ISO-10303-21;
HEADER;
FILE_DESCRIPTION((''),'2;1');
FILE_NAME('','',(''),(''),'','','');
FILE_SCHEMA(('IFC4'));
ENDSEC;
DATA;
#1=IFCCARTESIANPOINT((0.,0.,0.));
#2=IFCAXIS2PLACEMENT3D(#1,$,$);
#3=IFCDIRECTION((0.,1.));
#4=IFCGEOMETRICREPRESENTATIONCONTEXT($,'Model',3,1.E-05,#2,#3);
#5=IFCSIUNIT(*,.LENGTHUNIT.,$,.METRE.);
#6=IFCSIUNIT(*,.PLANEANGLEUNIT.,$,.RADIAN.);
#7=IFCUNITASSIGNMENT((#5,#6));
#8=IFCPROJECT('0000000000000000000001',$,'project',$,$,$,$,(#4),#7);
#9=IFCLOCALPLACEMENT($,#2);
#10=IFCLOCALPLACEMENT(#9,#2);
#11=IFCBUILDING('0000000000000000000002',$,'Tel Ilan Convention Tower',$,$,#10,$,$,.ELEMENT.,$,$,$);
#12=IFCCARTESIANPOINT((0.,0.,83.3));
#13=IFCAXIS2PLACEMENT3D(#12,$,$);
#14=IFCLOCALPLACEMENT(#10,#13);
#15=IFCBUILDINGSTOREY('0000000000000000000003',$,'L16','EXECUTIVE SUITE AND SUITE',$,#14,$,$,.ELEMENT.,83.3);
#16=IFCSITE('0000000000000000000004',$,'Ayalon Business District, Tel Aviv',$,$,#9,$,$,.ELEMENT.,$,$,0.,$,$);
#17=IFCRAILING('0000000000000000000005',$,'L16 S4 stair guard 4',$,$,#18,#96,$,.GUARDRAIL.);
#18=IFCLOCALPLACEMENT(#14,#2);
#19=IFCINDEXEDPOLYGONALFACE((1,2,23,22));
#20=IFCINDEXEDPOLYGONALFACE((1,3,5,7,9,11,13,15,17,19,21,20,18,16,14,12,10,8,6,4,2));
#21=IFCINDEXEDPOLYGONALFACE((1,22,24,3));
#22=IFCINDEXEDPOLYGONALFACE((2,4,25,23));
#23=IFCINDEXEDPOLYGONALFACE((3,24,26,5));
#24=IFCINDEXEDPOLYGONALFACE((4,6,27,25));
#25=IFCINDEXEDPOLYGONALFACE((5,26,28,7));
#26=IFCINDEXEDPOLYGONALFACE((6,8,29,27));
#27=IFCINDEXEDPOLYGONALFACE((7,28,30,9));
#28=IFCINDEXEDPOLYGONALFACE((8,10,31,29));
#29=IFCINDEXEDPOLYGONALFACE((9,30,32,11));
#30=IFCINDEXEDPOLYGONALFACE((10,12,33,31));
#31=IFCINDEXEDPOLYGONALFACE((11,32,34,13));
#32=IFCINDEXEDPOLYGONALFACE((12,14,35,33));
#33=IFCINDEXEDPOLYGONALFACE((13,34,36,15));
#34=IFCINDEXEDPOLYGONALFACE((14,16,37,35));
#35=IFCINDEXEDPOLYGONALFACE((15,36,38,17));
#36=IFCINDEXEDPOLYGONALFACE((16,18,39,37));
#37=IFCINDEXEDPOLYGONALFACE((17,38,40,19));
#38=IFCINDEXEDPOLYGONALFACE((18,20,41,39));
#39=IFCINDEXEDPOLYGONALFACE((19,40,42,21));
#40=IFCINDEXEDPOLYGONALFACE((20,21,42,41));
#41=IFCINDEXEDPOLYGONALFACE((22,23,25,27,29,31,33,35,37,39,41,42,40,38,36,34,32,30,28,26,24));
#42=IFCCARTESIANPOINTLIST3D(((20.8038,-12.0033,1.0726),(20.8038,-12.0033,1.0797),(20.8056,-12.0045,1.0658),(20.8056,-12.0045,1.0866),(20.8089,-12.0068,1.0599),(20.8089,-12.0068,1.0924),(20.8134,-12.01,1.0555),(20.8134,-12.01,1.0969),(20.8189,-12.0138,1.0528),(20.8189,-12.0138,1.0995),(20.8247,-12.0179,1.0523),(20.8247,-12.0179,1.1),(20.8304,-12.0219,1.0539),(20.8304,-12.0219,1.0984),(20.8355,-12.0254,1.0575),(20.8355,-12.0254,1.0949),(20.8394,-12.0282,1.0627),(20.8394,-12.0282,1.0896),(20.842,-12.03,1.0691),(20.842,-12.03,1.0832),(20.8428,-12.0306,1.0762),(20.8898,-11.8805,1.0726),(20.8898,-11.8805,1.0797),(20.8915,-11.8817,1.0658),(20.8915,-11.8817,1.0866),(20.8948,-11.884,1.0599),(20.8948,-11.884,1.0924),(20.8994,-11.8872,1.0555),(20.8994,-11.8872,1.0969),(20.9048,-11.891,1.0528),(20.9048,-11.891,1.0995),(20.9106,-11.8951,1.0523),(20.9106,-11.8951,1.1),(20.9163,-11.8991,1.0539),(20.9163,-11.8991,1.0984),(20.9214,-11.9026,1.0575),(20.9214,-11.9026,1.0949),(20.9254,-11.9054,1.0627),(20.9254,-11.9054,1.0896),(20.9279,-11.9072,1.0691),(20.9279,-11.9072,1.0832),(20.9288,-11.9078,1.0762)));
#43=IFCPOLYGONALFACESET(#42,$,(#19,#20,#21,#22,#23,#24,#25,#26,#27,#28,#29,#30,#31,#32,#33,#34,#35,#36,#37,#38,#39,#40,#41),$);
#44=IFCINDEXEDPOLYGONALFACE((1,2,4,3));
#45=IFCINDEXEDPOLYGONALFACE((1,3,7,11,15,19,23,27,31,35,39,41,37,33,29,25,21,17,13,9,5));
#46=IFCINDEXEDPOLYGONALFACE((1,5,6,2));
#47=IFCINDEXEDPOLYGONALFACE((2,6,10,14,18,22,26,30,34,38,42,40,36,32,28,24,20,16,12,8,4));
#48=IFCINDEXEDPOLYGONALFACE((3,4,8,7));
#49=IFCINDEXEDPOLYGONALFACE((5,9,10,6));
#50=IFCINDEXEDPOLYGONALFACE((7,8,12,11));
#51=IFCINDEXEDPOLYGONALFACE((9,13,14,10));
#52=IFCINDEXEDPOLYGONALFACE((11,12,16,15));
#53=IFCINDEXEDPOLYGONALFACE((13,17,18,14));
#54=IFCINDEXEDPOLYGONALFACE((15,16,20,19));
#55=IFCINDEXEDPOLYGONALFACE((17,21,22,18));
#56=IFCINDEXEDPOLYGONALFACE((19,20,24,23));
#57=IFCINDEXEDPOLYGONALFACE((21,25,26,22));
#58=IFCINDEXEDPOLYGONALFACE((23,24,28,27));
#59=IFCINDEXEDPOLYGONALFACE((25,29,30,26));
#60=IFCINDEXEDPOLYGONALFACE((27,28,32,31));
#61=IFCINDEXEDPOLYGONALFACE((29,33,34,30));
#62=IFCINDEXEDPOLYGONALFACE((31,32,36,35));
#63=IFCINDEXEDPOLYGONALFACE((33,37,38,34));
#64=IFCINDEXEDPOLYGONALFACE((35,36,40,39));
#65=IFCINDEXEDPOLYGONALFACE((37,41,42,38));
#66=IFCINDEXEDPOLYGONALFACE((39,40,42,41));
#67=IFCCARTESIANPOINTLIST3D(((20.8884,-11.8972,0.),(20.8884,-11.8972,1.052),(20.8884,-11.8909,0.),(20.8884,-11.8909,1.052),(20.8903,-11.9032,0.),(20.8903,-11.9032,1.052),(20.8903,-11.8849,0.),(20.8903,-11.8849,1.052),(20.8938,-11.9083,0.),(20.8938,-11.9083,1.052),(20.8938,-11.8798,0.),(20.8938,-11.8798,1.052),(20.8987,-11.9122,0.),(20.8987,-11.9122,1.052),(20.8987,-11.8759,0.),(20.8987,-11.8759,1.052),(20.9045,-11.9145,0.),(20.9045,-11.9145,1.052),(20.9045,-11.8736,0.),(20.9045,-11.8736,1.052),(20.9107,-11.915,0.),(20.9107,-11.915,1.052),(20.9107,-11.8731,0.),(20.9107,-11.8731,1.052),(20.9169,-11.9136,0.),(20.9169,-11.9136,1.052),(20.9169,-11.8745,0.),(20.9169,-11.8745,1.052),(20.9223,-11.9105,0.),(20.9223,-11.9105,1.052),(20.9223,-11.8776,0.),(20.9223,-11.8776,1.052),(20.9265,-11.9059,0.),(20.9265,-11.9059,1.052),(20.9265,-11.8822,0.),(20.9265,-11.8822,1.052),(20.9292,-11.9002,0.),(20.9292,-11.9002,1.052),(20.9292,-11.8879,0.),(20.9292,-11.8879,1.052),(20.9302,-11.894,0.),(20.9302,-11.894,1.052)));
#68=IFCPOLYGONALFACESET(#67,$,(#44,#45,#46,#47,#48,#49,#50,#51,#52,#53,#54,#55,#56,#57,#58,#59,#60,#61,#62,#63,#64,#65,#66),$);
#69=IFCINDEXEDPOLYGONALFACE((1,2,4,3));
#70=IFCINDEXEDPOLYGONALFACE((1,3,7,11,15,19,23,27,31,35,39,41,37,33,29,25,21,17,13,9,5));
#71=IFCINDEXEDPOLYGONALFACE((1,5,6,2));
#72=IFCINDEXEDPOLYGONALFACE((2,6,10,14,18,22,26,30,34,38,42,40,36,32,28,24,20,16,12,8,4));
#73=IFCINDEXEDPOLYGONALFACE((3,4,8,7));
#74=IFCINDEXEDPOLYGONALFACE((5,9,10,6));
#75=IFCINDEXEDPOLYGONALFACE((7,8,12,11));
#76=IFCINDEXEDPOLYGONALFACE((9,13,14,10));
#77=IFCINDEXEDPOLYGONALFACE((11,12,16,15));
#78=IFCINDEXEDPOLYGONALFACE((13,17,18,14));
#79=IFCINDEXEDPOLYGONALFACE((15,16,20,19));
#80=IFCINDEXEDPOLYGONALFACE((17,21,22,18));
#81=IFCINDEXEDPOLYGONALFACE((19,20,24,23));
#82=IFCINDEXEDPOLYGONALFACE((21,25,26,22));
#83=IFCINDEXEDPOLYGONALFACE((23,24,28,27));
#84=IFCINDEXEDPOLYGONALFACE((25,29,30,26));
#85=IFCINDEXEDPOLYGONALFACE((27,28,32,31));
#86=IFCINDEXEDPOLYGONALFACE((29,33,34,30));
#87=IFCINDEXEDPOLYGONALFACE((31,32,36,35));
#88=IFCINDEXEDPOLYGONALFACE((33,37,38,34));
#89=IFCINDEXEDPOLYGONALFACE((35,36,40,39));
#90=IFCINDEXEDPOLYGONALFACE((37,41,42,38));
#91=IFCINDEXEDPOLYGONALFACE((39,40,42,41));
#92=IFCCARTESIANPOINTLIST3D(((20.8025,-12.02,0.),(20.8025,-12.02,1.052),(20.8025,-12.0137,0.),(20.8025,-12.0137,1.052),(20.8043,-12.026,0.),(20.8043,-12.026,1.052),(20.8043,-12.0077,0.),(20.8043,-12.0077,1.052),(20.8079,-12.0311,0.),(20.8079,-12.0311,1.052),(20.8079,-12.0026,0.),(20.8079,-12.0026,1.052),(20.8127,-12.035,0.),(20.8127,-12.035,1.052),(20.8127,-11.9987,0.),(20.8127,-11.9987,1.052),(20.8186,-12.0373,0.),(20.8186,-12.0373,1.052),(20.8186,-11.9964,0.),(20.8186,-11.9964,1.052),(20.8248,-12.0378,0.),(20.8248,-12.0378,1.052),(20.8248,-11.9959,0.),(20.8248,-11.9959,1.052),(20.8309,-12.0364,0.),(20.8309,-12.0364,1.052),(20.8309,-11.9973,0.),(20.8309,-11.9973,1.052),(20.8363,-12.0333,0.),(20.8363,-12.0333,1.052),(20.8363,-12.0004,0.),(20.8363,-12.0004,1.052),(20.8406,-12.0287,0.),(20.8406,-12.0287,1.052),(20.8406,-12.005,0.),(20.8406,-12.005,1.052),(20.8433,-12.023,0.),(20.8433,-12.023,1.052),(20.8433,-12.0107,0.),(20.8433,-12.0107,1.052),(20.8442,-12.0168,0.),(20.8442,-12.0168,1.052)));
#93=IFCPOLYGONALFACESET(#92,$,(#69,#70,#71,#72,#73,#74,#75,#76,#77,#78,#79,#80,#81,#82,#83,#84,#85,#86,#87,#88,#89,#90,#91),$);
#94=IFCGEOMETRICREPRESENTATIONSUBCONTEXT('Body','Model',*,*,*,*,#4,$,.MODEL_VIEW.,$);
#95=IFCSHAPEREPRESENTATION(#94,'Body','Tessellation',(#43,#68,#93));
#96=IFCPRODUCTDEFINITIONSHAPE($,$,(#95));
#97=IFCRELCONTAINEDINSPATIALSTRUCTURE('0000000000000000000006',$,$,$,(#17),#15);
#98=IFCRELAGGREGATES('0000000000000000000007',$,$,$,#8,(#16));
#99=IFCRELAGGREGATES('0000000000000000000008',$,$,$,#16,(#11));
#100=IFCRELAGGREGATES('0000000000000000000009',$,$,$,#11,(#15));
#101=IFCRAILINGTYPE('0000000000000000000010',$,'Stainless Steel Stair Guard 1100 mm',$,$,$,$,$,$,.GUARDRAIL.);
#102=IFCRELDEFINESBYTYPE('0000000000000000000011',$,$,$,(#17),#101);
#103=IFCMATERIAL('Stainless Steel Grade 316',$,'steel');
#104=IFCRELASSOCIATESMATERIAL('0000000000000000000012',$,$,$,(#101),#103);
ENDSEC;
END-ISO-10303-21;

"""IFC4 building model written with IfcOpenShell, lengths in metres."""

from ifc_helpers import new_model, si_unit, direction, frame, origin, origin_2d, place, context, subcontext, project, spatial, circle, extrude, material, type_object, element, save


model = new_model("IFC4")

# Units and contexts
model_context = context("Model", 3, precision=1e-05, world=origin(), true_north=direction((0.0, 1.0)))
body_context = subcontext(model_context, "Body", "Model", "MODEL_VIEW")
ifc_project = project(units=[si_unit("LENGTHUNIT", "METRE"), si_unit("PLANEANGLEUNIT", "RADIAN")], contexts=[model_context])

# Site, building, storey
site_placement = place(None, origin())
site = spatial("IfcSite", under=ifc_project, at=site_placement, Name="Ayalon Business District, Tel Aviv", CompositionType="ELEMENT", RefElevation=0.0)
building_placement = place(site_placement, origin())
building = spatial("IfcBuilding", under=site, at=building_placement, Name="Tel Ilan Convention Tower", CompositionType="ELEMENT")
storey_placement = place(building_placement, frame((0.0, 0.0, 83.3)))
storey = spatial("IfcBuildingStorey", under=building, at=storey_placement, Name="L16", Description="EXECUTIVE SUITE AND SUITE", CompositionType="ELEMENT", Elevation=83.3)

# Railing
ifc_material_1 = material(Name="Stainless Steel Grade 316", Category="steel")
railing_type_1 = type_object("IfcRailingType", Name="Stainless Steel Stair Guard 1100 mm", PredefinedType="GUARDRAIL", material=ifc_material_1)
railing_1_placement = place(storey_placement, frame((20.9092, -11.894, 0.0)))
element("IfcRailing", 1, at=railing_1_placement, inside=storey, type_object=railing_type_1, Name="L16 S4 stair guard 4", PredefinedType="GUARDRAIL", context=body_context, shape_type="SweptSolid", body=[
    extrude(circle(Radius=0.0239, at=origin_2d()), frame((0.0, 0.0, 1.0762), z_axis=(-0.573353, -0.819308, 0.0), x_axis=(0.819308, -0.573353, 0.0)), (0.0, 0.0, 1.0), 0.1499),
    extrude(circle(Radius=0.021, at=origin_2d()), origin(), (0.0, 0.0, 1.0), 1.052),
    extrude(circle(Radius=0.021, at=origin_2d()), frame((-0.0859, -0.1228, 0.0)), (0.0, 0.0, 1.0), 1.052),
])

save(model, "model.ifc")
